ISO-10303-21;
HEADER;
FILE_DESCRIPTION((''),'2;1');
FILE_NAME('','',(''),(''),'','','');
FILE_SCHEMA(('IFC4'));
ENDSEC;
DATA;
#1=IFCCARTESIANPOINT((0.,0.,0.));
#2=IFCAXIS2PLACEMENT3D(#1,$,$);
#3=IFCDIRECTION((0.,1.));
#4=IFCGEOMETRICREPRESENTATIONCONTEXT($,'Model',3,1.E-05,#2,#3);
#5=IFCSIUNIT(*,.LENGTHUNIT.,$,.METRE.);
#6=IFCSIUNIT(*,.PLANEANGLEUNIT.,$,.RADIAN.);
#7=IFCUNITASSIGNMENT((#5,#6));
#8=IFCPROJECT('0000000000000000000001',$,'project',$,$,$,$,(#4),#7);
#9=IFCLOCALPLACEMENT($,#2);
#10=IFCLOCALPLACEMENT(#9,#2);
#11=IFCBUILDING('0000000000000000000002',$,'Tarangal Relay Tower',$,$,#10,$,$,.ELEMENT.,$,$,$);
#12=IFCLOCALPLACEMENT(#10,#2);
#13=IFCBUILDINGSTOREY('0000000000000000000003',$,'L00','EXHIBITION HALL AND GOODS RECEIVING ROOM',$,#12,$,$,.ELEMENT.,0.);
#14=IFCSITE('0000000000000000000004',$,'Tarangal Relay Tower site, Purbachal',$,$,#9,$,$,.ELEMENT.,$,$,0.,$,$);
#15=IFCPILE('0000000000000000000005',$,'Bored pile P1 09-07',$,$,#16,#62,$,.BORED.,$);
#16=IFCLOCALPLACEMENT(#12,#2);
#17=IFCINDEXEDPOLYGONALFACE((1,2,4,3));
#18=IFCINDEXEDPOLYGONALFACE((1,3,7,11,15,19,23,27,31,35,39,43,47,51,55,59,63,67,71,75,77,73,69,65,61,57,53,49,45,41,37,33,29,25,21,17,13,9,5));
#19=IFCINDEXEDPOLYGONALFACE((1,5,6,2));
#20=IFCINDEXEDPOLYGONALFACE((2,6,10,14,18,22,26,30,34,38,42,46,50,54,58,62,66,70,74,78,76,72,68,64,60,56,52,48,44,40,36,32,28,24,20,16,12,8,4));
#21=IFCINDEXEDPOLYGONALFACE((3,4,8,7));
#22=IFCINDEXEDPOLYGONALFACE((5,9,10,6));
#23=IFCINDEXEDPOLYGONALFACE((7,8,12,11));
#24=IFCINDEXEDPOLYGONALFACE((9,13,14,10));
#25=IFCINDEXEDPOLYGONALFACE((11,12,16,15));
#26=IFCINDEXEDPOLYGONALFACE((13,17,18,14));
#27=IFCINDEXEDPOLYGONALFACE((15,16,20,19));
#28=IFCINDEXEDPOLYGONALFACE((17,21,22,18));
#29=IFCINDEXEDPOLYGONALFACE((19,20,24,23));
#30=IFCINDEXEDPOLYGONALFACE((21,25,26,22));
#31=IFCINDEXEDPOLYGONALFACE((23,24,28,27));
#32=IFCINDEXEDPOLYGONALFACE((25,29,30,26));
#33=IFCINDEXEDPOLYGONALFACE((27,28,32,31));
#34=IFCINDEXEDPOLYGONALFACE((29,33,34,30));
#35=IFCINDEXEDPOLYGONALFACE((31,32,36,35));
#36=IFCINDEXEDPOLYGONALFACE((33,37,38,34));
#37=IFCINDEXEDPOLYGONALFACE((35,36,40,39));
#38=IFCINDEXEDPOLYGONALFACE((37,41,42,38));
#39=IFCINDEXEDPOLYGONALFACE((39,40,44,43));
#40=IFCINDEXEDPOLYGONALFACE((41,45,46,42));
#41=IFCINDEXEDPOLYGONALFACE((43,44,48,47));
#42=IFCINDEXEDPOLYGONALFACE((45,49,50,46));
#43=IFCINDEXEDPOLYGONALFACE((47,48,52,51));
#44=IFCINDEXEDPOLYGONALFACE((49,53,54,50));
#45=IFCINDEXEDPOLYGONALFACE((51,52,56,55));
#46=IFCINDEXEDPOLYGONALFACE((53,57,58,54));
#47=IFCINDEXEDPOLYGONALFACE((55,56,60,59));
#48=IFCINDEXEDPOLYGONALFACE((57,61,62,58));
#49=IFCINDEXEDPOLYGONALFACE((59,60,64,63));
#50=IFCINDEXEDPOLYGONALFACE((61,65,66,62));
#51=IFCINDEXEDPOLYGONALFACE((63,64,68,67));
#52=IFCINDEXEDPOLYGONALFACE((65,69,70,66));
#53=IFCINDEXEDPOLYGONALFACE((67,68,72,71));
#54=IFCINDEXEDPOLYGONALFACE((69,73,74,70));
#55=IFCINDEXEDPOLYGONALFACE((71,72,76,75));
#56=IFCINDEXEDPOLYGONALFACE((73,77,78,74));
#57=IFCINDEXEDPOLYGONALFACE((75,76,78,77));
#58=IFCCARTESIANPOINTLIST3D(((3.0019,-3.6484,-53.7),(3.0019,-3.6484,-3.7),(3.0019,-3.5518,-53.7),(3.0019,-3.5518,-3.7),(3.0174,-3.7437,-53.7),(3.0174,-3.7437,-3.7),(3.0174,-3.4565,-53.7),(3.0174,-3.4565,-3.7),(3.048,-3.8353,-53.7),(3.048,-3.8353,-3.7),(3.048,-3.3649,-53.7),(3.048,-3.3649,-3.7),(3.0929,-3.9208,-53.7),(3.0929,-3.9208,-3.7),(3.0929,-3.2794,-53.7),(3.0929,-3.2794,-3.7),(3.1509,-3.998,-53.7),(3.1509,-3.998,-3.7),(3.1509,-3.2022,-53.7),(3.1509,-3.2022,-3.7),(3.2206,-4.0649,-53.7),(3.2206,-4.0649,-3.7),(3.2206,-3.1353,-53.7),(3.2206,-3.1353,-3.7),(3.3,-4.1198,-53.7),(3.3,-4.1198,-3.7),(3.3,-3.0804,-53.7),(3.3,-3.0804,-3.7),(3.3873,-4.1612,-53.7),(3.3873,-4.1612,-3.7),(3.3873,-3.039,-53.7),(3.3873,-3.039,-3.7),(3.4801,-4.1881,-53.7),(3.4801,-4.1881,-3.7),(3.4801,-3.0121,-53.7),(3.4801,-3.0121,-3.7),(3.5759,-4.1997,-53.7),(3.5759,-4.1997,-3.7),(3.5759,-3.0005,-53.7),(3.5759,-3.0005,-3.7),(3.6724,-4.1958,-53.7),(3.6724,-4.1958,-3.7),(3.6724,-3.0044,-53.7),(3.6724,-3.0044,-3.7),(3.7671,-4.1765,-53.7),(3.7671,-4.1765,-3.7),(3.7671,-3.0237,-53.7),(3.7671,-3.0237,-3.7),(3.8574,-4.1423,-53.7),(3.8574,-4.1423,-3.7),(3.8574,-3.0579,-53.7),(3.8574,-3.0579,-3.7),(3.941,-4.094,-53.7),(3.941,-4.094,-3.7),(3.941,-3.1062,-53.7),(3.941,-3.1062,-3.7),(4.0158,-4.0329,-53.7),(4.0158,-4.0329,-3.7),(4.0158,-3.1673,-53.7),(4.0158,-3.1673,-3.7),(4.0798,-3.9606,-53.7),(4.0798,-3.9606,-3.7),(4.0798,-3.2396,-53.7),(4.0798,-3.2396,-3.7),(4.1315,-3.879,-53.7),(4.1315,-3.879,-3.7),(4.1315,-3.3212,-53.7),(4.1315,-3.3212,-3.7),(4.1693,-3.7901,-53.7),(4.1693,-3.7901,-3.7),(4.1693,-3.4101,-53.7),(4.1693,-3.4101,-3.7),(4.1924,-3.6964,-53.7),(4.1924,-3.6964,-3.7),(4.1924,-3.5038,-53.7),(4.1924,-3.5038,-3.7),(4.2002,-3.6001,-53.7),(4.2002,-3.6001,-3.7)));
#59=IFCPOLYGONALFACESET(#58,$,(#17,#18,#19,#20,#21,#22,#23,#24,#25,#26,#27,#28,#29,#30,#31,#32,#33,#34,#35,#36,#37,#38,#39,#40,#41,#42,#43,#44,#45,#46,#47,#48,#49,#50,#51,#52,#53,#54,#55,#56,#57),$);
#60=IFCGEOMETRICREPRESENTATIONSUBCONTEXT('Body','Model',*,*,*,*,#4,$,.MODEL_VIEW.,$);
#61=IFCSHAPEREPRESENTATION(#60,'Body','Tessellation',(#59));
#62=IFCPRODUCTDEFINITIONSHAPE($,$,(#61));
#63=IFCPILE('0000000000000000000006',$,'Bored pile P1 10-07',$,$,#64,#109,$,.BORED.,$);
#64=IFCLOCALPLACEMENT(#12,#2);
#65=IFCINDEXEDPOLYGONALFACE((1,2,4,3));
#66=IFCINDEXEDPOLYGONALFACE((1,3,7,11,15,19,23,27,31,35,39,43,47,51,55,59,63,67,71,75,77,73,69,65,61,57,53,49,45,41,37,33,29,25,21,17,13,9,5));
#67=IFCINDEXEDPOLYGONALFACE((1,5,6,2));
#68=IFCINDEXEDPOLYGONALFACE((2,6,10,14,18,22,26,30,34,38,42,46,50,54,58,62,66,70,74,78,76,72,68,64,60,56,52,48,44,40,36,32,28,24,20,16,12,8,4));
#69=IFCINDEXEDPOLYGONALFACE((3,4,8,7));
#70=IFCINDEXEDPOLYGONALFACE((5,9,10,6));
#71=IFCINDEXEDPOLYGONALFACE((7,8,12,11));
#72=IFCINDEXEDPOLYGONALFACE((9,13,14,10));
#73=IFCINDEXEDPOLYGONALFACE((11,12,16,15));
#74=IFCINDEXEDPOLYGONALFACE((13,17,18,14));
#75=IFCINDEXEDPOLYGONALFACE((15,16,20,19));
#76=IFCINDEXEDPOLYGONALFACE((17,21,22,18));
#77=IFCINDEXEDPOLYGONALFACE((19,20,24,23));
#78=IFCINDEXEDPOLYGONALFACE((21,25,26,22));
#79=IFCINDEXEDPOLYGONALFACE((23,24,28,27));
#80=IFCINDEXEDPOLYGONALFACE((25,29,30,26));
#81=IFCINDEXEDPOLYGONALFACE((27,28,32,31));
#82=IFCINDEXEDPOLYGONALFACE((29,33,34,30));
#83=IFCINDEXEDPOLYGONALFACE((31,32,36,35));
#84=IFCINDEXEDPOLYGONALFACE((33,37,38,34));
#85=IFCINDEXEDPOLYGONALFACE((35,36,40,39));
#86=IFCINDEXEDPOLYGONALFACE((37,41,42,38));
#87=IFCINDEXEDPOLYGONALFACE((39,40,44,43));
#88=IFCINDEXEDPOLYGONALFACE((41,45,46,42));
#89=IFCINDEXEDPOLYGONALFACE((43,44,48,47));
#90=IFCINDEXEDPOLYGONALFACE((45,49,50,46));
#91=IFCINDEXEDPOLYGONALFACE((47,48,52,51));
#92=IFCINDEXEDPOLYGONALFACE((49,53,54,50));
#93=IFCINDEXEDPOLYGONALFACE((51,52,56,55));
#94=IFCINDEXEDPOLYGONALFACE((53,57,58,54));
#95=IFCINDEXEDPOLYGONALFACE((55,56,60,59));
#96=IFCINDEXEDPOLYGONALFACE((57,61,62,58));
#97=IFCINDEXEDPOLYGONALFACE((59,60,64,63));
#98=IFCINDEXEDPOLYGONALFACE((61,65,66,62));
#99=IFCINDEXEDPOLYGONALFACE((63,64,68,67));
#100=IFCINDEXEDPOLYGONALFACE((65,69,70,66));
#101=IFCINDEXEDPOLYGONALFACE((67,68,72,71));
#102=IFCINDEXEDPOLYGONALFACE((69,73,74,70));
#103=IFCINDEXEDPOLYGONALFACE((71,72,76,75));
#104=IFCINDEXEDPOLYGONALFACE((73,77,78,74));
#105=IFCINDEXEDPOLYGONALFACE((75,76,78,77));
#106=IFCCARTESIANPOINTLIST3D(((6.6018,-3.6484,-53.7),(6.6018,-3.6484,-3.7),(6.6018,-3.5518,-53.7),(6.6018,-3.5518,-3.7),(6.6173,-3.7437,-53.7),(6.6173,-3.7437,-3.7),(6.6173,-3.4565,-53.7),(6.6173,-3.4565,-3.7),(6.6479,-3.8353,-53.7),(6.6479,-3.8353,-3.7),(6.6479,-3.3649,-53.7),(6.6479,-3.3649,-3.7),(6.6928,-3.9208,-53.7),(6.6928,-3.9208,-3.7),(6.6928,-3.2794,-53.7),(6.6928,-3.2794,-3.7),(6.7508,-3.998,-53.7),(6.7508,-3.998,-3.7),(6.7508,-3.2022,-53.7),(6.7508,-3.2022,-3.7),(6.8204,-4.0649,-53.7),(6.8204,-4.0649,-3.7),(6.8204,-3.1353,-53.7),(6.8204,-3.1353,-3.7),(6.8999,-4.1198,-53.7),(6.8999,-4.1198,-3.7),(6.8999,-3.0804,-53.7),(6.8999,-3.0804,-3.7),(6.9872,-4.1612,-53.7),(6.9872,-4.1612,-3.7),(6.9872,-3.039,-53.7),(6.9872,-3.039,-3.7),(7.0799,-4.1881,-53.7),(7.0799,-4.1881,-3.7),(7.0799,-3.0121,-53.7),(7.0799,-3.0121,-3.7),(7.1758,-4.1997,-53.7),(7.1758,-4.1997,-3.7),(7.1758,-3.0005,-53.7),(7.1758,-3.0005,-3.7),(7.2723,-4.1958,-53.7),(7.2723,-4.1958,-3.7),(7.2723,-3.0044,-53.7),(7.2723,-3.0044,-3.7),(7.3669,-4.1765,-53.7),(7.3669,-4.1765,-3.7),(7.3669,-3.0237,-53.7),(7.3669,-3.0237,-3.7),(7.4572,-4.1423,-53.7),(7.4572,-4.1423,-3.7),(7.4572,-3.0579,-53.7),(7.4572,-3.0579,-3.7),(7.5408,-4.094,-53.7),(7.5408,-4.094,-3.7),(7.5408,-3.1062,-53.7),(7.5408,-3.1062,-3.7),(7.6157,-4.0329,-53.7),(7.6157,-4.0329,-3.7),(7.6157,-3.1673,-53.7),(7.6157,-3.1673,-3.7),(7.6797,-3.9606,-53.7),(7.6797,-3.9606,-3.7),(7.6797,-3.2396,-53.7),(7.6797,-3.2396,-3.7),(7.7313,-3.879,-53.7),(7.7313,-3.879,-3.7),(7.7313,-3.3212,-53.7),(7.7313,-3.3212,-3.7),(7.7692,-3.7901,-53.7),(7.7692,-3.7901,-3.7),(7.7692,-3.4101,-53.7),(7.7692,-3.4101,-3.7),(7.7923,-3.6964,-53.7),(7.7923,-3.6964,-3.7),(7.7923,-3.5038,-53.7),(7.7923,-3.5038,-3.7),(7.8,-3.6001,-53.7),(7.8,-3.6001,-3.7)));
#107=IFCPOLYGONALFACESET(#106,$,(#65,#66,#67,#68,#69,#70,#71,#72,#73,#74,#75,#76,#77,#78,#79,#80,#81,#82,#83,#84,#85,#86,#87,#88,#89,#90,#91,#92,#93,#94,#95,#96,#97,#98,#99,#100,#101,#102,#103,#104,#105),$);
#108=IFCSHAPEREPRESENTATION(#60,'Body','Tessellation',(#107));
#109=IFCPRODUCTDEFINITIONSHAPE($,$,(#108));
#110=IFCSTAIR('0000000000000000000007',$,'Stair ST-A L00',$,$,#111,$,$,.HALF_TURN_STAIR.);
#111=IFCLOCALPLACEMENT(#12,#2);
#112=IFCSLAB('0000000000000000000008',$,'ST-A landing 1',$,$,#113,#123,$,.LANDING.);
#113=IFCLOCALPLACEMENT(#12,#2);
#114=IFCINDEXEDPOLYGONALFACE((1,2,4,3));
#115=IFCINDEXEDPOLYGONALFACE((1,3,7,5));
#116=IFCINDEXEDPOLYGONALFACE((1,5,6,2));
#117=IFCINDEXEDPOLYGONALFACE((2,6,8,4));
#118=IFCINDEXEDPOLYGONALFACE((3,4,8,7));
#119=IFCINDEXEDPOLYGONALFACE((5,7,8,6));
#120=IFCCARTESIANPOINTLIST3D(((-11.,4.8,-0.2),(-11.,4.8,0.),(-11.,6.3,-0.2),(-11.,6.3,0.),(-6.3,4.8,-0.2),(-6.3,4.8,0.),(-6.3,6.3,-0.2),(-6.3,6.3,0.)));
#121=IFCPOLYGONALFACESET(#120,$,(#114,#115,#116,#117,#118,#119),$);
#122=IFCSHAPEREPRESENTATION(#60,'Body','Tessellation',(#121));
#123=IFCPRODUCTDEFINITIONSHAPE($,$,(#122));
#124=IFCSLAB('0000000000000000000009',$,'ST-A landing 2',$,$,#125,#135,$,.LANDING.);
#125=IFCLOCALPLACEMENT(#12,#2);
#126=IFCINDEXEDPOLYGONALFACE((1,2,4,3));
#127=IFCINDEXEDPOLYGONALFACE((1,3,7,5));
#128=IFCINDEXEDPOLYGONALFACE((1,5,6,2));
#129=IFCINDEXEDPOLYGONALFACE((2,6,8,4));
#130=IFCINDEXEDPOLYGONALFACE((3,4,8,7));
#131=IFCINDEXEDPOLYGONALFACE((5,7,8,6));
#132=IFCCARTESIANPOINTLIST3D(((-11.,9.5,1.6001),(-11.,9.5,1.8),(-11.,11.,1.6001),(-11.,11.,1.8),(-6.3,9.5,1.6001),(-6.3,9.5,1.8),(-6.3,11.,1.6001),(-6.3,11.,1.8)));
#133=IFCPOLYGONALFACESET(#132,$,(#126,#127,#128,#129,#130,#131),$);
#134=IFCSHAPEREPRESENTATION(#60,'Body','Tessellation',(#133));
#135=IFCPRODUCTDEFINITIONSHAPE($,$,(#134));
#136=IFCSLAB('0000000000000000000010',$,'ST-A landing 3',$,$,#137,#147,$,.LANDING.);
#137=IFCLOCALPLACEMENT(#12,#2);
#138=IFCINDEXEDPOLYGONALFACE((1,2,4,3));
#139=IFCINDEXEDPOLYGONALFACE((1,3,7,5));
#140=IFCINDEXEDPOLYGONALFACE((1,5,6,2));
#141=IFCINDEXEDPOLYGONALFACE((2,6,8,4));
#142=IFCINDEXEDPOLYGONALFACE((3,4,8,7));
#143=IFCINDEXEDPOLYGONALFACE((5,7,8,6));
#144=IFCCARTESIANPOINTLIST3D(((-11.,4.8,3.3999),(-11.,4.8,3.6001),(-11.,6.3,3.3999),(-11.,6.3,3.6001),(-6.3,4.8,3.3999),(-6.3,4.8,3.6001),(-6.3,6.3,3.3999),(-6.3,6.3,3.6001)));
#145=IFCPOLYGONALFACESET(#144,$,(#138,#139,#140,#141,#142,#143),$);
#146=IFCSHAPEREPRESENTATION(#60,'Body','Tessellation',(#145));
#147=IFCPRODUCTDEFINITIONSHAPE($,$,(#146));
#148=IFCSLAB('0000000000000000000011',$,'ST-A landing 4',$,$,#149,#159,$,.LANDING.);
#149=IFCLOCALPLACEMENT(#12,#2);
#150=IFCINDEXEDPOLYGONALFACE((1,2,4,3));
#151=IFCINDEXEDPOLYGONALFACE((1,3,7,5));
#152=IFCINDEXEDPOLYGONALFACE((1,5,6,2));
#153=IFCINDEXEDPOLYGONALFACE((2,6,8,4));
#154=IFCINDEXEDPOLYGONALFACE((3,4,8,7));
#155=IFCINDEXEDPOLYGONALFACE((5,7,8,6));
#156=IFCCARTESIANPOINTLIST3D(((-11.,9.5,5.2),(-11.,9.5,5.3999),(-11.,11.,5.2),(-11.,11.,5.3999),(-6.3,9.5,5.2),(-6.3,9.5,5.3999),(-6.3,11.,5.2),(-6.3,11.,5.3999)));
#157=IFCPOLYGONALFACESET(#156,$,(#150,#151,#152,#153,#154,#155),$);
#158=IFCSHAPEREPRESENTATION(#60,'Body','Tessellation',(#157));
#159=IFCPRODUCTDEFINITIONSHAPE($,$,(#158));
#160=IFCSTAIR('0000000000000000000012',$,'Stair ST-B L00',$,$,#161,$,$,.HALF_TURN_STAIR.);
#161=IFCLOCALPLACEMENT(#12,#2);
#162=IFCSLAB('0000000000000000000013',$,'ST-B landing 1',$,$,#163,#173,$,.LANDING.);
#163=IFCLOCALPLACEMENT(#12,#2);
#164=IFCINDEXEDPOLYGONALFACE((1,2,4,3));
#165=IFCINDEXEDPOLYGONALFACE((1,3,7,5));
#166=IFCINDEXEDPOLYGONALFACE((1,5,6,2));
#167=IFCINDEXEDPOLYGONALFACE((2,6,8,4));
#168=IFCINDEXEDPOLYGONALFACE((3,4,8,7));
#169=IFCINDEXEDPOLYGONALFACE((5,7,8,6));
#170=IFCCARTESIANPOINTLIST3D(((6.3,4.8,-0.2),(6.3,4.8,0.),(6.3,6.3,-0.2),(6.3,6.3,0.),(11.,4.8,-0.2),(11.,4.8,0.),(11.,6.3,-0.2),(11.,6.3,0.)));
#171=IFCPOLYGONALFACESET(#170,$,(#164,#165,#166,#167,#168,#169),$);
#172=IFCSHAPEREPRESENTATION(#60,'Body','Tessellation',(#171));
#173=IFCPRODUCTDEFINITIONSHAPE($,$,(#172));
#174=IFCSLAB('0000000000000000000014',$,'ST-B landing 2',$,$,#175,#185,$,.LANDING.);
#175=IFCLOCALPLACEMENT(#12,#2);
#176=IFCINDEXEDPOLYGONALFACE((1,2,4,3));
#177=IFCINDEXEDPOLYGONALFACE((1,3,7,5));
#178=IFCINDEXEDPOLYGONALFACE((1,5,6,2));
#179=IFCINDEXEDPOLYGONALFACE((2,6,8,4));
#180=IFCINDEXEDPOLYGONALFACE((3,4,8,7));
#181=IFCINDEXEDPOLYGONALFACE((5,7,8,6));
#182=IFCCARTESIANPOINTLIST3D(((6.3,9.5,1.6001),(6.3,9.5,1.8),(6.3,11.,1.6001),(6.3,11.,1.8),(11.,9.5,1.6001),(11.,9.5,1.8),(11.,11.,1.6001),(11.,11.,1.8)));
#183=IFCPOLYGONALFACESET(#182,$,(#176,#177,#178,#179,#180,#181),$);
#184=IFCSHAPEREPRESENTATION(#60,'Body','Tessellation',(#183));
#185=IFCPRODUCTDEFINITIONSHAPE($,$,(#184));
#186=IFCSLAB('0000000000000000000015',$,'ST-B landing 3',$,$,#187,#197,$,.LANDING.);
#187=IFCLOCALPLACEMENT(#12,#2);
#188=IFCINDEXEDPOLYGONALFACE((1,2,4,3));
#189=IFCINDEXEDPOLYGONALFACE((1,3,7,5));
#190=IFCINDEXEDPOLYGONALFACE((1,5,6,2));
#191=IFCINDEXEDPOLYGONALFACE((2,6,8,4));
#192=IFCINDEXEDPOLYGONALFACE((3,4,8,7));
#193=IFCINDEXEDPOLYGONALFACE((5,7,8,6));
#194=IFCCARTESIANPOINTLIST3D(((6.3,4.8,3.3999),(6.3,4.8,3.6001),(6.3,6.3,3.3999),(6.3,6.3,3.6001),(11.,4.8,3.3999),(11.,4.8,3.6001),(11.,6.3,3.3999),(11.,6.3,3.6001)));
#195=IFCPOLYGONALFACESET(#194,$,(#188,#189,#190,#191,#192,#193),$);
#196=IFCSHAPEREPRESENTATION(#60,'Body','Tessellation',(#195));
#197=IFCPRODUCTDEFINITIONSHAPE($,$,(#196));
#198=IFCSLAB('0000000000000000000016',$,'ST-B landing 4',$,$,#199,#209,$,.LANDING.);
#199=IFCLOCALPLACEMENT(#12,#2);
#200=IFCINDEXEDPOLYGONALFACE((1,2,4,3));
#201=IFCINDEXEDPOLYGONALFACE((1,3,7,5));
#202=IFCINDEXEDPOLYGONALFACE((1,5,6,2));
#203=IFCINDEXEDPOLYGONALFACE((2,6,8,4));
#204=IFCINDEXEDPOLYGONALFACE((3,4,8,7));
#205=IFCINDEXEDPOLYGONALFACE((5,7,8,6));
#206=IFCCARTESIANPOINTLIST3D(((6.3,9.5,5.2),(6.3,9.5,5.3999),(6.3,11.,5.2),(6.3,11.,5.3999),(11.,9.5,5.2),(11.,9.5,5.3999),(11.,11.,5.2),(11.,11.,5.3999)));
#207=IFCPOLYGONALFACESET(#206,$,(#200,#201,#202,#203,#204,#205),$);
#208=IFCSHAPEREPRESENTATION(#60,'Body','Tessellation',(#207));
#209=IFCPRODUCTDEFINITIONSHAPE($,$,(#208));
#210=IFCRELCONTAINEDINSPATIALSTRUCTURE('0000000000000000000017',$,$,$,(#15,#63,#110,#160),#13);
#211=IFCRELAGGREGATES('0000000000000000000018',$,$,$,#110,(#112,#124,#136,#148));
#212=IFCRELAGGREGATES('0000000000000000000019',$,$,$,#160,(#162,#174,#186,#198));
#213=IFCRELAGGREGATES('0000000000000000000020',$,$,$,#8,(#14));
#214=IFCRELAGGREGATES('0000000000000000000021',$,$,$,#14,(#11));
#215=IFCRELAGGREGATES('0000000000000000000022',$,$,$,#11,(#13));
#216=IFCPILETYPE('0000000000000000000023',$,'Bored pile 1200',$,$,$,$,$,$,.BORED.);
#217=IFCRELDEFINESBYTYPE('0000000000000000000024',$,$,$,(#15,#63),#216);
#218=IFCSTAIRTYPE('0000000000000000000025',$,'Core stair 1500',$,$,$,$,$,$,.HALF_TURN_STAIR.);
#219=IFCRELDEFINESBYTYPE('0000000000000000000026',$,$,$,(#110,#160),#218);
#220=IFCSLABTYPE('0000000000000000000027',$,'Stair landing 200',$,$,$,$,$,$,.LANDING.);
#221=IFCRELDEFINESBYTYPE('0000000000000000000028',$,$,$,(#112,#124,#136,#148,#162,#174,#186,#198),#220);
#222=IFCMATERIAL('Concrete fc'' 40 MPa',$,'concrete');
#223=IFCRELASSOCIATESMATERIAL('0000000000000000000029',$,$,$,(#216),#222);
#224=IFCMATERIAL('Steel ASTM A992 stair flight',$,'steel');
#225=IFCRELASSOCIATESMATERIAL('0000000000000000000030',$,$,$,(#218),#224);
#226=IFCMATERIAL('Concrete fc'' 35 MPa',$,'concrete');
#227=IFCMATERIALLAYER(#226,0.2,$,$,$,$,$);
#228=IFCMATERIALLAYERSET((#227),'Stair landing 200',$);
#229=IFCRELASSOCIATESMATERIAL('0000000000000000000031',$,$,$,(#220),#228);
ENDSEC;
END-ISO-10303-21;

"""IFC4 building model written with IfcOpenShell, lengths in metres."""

from ifc_helpers import new_model, si_unit, direction, frame, origin, origin_2d, place, context, subcontext, project, spatial, polyline, circle, outline, extrude, material, layer, layer_set, material_profile, profile_set, type_object, element, aggregate, save


model = new_model("IFC4")

# Units and contexts
model_context = context("Model", 3, precision=1e-05, world=origin(), true_north=direction((0.0, 1.0)))
body_context = subcontext(model_context, "Body", "Model", "MODEL_VIEW")
ifc_project = project(units=[si_unit("LENGTHUNIT", "METRE"), si_unit("PLANEANGLEUNIT", "RADIAN")], contexts=[model_context])

# Site, building, storey
site_placement = place(None, origin())
site = spatial("IfcSite", under=ifc_project, at=site_placement, Name="Tarangal Relay Tower site, Purbachal", CompositionType="ELEMENT", RefElevation=0.0)
building_placement = place(site_placement, origin())
building = spatial("IfcBuilding", under=site, at=building_placement, Name="Tarangal Relay Tower", CompositionType="ELEMENT")
storey_placement = place(building_placement, origin())
storey = spatial("IfcBuildingStorey", under=building, at=storey_placement, Name="L00", Description="EXHIBITION HALL AND GOODS RECEIVING ROOM", CompositionType="ELEMENT", Elevation=0.0)

# Piles
ifc_material_1 = material(Name="Concrete fc' 40 MPa", Category="concrete")
ifc_material_profile = material_profile(ifc_material_1, circle(Radius=0.6001, at=origin_2d()), Name="D1200")
ifc_profile_set = profile_set([ifc_material_profile], Name="Concrete fc' 40 MPa")
pile_type = type_object("IfcPileType", Name="Bored pile 1200", PredefinedType="BORED", material=ifc_profile_set)
for number, where, z_axis, x_axis, name in (
    (1, (3.6001, -3.6001, -3.7), (0.0, 0.0, -1.0), (1.0, 0.0, 0.0), "Bored pile P1 09-07"),
    (2, (7.2, -3.6001, -3.7), (0.0, 0.0, -1.0), (1.0, 0.0, 0.0), "Bored pile P1 10-07"),
):
    element("IfcPile", number, at=place(storey_placement, frame(where, z_axis=z_axis, x_axis=x_axis)), inside=storey, type_object=pile_type, Name=name, PredefinedType="BORED", context=body_context, shape_type="SweptSolid", body=[
        extrude(circle(Radius=0.6001, at=origin_2d()), origin(), (0.0, 0.0, 1.0), 50.0),
    ])

# Stairs, slabs
ifc_material_2 = material(Name="Steel ASTM A992 stair flight", Category="steel")
stair_type = type_object("IfcStairType", Name="Core stair 1500", PredefinedType="HALF_TURN_STAIR", material=ifc_material_2)
stair_1_placement = place(storey_placement, origin())
stair_1 = element("IfcStair", 3, at=stair_1_placement, inside=storey, type_object=stair_type, Name="Stair ST-A L00", PredefinedType="HALF_TURN_STAIR")
ifc_material_3 = material(Name="Concrete fc' 35 MPa", Category="concrete")
ifc_layer_1 = layer(ifc_material_3, 0.2)
ifc_layer_set_1 = layer_set([ifc_layer_1], Name="Stair landing 200")
slab_type = type_object("IfcSlabType", Name="Stair landing 200", PredefinedType="LANDING", material=ifc_layer_set_1)
slab_1_placement = place(storey_placement, frame((0.0, 0.0, -0.2)))
slab_1 = element("IfcSlab", 4, at=slab_1_placement, type_object=slab_type, Name="ST-A landing 1", PredefinedType="LANDING", context=body_context, shape_type="SweptSolid", body=[
    extrude(outline(polyline([(-11.0, 4.8), (-6.3, 4.8), (-6.3, 6.3), (-11.0, 6.3), (-11.0, 4.8)])), origin(), (0.0, 0.0, 1.0), 0.2),
])
slab_2_placement = place(storey_placement, frame((0.0, 0.0, 1.6001)))
slab_2 = element("IfcSlab", 5, at=slab_2_placement, type_object=slab_type, Name="ST-A landing 2", PredefinedType="LANDING", context=body_context, shape_type="SweptSolid", body=[
    extrude(outline(polyline([(-11.0, 9.5), (-6.3, 9.5), (-6.3, 11.0), (-11.0, 11.0), (-11.0, 9.5)])), origin(), (0.0, 0.0, 1.0), 0.2),
])
slab_3_placement = place(storey_placement, frame((0.0, 0.0, 3.3999)))
slab_3 = element("IfcSlab", 6, at=slab_3_placement, type_object=slab_type, Name="ST-A landing 3", PredefinedType="LANDING", context=body_context, shape_type="SweptSolid", body=[
    extrude(outline(polyline([(-11.0, 4.8), (-6.3, 4.8), (-6.3, 6.3), (-11.0, 6.3), (-11.0, 4.8)])), origin(), (0.0, 0.0, 1.0), 0.2002),
])
slab_4_placement = place(storey_placement, frame((0.0, 0.0, 5.2)))
slab_4 = element("IfcSlab", 7, at=slab_4_placement, type_object=slab_type, Name="ST-A landing 4", PredefinedType="LANDING", context=body_context, shape_type="SweptSolid", body=[
    extrude(outline(polyline([(-11.0, 9.5), (-6.3, 9.5), (-6.3, 11.0), (-11.0, 11.0), (-11.0, 9.5)])), origin(), (0.0, 0.0, 1.0), 0.2),
])
aggregate(stair_1, [slab_1, slab_2, slab_3, slab_4])
stair_2_placement = place(storey_placement, origin())
stair_2 = element("IfcStair", 8, at=stair_2_placement, inside=storey, type_object=stair_type, Name="Stair ST-B L00", PredefinedType="HALF_TURN_STAIR")
slab_5_placement = place(storey_placement, frame((0.0, 0.0, -0.2)))
slab_5 = element("IfcSlab", 9, at=slab_5_placement, type_object=slab_type, Name="ST-B landing 1", PredefinedType="LANDING", context=body_context, shape_type="SweptSolid", body=[
    extrude(outline(polyline([(6.3, 4.8), (11.0, 4.8), (11.0, 6.3), (6.3, 6.3), (6.3, 4.8)])), origin(), (0.0, 0.0, 1.0), 0.2),
])
slab_6_placement = place(storey_placement, frame((0.0, 0.0, 1.6001)))
slab_6 = element("IfcSlab", 10, at=slab_6_placement, type_object=slab_type, Name="ST-B landing 2", PredefinedType="LANDING", context=body_context, shape_type="SweptSolid", body=[
    extrude(outline(polyline([(6.3, 9.5), (11.0, 9.5), (11.0, 11.0), (6.3, 11.0), (6.3, 9.5)])), origin(), (0.0, 0.0, 1.0), 0.2),
])
slab_7_placement = place(storey_placement, frame((0.0, 0.0, 3.3999)))
slab_7 = element("IfcSlab", 11, at=slab_7_placement, type_object=slab_type, Name="ST-B landing 3", PredefinedType="LANDING", context=body_context, shape_type="SweptSolid", body=[
    extrude(outline(polyline([(6.3, 4.8), (11.0, 4.8), (11.0, 6.3), (6.3, 6.3), (6.3, 4.8)])), origin(), (0.0, 0.0, 1.0), 0.2002),
])
slab_8_placement = place(storey_placement, frame((0.0, 0.0, 5.2)))
slab_8 = element("IfcSlab", 12, at=slab_8_placement, type_object=slab_type, Name="ST-B landing 4", PredefinedType="LANDING", context=body_context, shape_type="SweptSolid", body=[
    extrude(outline(polyline([(6.3, 9.5), (11.0, 9.5), (11.0, 11.0), (6.3, 11.0), (6.3, 9.5)])), origin(), (0.0, 0.0, 1.0), 0.2),
])
aggregate(stair_2, [slab_5, slab_6, slab_7, slab_8])

save(model, "model.ifc")
